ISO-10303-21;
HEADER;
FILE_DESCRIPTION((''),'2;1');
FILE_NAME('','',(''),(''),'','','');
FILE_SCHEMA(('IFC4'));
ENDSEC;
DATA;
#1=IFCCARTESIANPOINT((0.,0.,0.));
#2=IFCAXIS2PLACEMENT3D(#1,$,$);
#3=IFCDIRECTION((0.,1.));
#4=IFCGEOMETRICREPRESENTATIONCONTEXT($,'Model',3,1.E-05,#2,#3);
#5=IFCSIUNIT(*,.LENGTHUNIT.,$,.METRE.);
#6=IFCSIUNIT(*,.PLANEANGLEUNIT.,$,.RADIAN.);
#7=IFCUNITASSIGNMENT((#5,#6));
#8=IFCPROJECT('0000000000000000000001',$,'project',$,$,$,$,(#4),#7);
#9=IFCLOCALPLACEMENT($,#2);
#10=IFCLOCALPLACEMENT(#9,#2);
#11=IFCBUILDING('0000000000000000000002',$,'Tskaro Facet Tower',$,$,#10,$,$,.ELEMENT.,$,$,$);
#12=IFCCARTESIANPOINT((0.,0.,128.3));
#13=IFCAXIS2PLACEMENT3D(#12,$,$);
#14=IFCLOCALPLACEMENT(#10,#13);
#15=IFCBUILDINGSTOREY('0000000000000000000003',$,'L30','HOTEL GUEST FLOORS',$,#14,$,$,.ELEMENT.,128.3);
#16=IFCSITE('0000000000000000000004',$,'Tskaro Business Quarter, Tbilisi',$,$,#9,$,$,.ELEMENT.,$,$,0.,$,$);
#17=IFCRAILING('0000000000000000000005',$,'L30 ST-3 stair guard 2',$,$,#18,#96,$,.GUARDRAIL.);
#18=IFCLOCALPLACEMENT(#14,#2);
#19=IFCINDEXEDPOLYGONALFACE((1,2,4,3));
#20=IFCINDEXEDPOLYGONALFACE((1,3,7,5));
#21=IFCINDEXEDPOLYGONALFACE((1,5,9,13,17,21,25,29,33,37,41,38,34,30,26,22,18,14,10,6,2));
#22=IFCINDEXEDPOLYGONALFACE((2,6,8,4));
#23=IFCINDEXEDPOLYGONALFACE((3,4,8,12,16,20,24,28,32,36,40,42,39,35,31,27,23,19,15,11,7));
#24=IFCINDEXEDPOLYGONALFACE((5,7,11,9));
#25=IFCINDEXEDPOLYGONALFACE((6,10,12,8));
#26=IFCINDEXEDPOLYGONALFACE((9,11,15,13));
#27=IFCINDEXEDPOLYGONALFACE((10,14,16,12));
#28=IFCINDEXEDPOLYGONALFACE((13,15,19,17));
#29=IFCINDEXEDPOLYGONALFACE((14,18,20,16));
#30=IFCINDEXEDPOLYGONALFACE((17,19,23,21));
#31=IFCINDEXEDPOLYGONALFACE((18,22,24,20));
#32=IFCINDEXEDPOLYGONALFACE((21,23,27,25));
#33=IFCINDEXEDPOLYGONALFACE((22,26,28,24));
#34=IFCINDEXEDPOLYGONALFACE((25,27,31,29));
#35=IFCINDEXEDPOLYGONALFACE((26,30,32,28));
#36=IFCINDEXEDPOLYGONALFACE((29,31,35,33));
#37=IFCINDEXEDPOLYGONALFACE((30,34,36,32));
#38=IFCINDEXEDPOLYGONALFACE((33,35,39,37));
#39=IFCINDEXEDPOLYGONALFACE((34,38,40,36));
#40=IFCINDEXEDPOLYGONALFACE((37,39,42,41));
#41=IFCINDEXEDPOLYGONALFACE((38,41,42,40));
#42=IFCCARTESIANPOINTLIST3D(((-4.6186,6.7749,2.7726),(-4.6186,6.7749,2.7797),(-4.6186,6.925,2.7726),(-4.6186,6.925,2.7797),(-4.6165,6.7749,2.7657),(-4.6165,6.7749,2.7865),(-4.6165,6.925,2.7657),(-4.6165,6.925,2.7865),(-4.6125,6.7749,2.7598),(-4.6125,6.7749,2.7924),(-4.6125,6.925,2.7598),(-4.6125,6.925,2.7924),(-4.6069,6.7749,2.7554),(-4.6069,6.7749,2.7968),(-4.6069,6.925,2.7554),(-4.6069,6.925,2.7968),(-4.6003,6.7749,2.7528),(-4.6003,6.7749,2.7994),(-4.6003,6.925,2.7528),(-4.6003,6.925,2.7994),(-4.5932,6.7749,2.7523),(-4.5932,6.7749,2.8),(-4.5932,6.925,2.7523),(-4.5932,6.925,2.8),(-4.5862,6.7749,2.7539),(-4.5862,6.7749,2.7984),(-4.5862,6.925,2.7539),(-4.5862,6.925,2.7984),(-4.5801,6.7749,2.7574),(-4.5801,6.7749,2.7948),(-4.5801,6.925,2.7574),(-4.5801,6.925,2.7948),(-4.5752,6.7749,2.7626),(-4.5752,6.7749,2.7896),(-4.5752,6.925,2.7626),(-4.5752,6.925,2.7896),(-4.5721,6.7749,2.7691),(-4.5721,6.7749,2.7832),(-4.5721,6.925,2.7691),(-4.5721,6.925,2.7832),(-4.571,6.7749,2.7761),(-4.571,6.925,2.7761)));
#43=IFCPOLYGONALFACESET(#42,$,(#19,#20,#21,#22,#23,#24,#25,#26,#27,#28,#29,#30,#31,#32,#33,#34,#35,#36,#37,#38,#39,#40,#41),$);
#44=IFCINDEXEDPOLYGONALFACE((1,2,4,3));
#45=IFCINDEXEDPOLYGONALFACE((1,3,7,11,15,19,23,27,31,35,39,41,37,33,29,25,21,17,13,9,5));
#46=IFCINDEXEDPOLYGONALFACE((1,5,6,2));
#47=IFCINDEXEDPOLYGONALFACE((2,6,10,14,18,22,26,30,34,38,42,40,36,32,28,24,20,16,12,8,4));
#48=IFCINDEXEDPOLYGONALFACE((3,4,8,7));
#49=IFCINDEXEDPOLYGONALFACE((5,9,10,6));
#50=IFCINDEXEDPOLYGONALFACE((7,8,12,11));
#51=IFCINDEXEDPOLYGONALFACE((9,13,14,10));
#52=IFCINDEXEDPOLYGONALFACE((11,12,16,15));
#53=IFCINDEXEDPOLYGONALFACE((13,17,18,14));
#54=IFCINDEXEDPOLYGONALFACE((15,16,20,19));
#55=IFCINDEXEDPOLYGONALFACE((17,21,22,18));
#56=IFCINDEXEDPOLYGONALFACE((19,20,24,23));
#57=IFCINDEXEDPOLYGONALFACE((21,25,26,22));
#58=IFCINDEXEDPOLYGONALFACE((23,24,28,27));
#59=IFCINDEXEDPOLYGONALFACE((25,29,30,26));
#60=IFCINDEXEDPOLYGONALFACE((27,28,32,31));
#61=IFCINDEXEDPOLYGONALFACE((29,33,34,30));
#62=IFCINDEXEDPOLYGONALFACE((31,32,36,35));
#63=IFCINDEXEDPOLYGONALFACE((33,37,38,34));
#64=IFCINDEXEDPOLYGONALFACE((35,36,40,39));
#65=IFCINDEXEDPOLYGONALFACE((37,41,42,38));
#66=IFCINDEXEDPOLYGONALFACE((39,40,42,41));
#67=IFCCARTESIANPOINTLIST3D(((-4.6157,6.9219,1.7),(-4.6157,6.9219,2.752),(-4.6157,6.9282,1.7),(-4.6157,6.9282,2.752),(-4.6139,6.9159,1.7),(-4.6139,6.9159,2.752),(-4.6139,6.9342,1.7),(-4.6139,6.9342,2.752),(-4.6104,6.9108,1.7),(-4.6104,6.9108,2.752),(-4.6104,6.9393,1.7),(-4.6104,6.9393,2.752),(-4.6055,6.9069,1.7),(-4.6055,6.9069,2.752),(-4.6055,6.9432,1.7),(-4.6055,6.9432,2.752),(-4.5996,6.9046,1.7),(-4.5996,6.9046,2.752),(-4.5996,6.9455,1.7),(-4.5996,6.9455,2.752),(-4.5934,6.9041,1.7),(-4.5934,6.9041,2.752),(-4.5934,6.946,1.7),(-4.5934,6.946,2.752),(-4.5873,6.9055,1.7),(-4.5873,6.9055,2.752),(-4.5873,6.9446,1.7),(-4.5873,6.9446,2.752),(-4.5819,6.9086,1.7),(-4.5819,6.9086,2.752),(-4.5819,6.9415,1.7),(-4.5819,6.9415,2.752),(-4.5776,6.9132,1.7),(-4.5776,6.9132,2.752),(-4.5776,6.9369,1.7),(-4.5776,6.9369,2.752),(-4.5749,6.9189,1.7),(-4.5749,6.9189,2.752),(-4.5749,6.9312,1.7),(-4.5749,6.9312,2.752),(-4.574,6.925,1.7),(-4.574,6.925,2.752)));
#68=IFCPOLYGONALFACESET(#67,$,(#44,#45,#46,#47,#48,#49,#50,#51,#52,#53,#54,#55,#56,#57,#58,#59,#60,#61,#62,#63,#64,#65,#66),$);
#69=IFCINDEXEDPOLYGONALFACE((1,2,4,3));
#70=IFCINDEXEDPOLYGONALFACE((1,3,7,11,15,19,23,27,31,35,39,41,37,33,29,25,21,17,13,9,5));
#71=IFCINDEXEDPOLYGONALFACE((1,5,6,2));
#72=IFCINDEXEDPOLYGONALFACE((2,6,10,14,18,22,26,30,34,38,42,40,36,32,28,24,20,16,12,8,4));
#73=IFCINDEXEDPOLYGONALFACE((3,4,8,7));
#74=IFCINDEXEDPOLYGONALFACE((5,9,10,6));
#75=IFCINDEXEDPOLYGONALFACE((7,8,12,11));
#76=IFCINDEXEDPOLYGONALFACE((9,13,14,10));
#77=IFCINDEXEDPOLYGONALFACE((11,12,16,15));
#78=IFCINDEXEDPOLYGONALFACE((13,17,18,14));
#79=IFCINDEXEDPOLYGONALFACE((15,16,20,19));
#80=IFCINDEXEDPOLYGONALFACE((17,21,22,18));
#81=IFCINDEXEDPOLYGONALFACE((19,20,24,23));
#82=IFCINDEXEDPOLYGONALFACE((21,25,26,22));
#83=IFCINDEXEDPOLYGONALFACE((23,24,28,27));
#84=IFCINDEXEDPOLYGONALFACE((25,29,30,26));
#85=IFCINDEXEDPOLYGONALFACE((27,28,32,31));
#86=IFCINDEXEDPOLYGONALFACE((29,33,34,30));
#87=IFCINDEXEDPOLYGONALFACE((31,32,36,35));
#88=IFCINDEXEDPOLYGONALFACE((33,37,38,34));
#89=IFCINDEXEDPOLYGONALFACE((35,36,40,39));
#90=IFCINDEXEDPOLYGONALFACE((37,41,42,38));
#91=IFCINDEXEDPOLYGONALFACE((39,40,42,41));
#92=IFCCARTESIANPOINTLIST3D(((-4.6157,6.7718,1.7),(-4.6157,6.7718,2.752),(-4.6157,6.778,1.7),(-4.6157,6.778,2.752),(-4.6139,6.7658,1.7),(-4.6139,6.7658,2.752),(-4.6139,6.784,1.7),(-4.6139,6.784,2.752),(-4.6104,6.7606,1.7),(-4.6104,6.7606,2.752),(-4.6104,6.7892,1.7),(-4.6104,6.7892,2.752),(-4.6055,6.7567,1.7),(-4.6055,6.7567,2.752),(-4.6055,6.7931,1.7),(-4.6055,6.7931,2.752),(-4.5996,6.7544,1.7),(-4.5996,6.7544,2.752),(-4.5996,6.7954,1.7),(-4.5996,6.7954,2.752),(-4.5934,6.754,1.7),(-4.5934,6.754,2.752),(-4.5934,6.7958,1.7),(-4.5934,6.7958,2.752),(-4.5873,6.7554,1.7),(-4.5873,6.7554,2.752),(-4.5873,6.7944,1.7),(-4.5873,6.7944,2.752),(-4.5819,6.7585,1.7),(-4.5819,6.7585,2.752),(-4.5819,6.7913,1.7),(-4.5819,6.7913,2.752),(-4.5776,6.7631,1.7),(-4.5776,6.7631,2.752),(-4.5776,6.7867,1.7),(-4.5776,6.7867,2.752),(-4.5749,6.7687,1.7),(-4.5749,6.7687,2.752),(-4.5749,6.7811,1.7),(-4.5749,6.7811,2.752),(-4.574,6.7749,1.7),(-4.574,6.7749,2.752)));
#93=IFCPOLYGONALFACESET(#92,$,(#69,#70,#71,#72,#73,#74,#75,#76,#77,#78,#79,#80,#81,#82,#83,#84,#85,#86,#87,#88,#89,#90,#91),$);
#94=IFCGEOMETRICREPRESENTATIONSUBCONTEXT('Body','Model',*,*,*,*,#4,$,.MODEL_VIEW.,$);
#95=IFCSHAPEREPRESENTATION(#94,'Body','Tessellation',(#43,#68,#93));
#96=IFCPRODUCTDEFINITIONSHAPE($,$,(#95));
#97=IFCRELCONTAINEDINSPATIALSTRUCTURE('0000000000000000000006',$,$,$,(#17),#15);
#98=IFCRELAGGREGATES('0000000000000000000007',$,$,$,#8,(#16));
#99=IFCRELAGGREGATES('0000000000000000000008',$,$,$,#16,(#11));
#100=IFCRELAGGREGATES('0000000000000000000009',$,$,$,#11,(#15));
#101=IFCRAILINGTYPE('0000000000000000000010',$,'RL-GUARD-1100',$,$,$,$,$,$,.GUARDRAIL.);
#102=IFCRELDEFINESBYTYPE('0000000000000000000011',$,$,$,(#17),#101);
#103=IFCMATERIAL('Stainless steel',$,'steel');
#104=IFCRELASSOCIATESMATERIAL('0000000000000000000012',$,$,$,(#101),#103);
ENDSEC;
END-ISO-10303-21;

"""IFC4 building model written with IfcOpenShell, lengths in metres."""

from ifc_helpers import new_model, si_unit, direction, frame, origin, origin_2d, place, context, subcontext, project, spatial, circle, extrude, material, type_object, element, save


model = new_model("IFC4")

# Units and contexts
model_context = context("Model", 3, precision=1e-05, world=origin(), true_north=direction((0.0, 1.0)))
body_context = subcontext(model_context, "Body", "Model", "MODEL_VIEW")
ifc_project = project(units=[si_unit("LENGTHUNIT", "METRE"), si_unit("PLANEANGLEUNIT", "RADIAN")], contexts=[model_context])

# Site, building, storey
site_placement = place(None, origin())
site = spatial("IfcSite", under=ifc_project, at=site_placement, Name="Tskaro Business Quarter, Tbilisi", CompositionType="ELEMENT", RefElevation=0.0)
building_placement = place(site_placement, origin())
building = spatial("IfcBuilding", under=site, at=building_placement, Name="Tskaro Facet Tower", CompositionType="ELEMENT")
storey_placement = place(building_placement, frame((0.0, 0.0, 128.3)))
storey = spatial("IfcBuildingStorey", under=building, at=storey_placement, Name="L30", Description="HOTEL GUEST FLOORS", CompositionType="ELEMENT", Elevation=128.3)

# Railing
ifc_material_1 = material(Name="Stainless steel", Category="steel")
railing_type_1 = type_object("IfcRailingType", Name="RL-GUARD-1100", PredefinedType="GUARDRAIL", material=ifc_material_1)
railing_1_placement = place(storey_placement, frame((-4.595, 6.925, 1.7)))
element("IfcRailing", 1, at=railing_1_placement, inside=storey, type_object=railing_type_1, Name="L30 ST-3 stair guard 2", PredefinedType="GUARDRAIL", context=body_context, shape_type="SweptSolid", body=[
    extrude(circle(Radius=0.0239, at=origin_2d()), frame((0.0, 0.0, 1.0762), z_axis=(0.0, -1.0, 0.0), x_axis=(1.0, 0.0, 0.0)), (0.0, 0.0, 1.0), 0.1501),
    extrude(circle(Radius=0.021, at=origin_2d()), origin(), (0.0, 0.0, 1.0), 1.052),
    extrude(circle(Radius=0.021, at=origin_2d()), frame((0.0, -0.1501, 0.0)), (0.0, 0.0, 1.0), 1.052),
])

save(model, "model.ifc")
